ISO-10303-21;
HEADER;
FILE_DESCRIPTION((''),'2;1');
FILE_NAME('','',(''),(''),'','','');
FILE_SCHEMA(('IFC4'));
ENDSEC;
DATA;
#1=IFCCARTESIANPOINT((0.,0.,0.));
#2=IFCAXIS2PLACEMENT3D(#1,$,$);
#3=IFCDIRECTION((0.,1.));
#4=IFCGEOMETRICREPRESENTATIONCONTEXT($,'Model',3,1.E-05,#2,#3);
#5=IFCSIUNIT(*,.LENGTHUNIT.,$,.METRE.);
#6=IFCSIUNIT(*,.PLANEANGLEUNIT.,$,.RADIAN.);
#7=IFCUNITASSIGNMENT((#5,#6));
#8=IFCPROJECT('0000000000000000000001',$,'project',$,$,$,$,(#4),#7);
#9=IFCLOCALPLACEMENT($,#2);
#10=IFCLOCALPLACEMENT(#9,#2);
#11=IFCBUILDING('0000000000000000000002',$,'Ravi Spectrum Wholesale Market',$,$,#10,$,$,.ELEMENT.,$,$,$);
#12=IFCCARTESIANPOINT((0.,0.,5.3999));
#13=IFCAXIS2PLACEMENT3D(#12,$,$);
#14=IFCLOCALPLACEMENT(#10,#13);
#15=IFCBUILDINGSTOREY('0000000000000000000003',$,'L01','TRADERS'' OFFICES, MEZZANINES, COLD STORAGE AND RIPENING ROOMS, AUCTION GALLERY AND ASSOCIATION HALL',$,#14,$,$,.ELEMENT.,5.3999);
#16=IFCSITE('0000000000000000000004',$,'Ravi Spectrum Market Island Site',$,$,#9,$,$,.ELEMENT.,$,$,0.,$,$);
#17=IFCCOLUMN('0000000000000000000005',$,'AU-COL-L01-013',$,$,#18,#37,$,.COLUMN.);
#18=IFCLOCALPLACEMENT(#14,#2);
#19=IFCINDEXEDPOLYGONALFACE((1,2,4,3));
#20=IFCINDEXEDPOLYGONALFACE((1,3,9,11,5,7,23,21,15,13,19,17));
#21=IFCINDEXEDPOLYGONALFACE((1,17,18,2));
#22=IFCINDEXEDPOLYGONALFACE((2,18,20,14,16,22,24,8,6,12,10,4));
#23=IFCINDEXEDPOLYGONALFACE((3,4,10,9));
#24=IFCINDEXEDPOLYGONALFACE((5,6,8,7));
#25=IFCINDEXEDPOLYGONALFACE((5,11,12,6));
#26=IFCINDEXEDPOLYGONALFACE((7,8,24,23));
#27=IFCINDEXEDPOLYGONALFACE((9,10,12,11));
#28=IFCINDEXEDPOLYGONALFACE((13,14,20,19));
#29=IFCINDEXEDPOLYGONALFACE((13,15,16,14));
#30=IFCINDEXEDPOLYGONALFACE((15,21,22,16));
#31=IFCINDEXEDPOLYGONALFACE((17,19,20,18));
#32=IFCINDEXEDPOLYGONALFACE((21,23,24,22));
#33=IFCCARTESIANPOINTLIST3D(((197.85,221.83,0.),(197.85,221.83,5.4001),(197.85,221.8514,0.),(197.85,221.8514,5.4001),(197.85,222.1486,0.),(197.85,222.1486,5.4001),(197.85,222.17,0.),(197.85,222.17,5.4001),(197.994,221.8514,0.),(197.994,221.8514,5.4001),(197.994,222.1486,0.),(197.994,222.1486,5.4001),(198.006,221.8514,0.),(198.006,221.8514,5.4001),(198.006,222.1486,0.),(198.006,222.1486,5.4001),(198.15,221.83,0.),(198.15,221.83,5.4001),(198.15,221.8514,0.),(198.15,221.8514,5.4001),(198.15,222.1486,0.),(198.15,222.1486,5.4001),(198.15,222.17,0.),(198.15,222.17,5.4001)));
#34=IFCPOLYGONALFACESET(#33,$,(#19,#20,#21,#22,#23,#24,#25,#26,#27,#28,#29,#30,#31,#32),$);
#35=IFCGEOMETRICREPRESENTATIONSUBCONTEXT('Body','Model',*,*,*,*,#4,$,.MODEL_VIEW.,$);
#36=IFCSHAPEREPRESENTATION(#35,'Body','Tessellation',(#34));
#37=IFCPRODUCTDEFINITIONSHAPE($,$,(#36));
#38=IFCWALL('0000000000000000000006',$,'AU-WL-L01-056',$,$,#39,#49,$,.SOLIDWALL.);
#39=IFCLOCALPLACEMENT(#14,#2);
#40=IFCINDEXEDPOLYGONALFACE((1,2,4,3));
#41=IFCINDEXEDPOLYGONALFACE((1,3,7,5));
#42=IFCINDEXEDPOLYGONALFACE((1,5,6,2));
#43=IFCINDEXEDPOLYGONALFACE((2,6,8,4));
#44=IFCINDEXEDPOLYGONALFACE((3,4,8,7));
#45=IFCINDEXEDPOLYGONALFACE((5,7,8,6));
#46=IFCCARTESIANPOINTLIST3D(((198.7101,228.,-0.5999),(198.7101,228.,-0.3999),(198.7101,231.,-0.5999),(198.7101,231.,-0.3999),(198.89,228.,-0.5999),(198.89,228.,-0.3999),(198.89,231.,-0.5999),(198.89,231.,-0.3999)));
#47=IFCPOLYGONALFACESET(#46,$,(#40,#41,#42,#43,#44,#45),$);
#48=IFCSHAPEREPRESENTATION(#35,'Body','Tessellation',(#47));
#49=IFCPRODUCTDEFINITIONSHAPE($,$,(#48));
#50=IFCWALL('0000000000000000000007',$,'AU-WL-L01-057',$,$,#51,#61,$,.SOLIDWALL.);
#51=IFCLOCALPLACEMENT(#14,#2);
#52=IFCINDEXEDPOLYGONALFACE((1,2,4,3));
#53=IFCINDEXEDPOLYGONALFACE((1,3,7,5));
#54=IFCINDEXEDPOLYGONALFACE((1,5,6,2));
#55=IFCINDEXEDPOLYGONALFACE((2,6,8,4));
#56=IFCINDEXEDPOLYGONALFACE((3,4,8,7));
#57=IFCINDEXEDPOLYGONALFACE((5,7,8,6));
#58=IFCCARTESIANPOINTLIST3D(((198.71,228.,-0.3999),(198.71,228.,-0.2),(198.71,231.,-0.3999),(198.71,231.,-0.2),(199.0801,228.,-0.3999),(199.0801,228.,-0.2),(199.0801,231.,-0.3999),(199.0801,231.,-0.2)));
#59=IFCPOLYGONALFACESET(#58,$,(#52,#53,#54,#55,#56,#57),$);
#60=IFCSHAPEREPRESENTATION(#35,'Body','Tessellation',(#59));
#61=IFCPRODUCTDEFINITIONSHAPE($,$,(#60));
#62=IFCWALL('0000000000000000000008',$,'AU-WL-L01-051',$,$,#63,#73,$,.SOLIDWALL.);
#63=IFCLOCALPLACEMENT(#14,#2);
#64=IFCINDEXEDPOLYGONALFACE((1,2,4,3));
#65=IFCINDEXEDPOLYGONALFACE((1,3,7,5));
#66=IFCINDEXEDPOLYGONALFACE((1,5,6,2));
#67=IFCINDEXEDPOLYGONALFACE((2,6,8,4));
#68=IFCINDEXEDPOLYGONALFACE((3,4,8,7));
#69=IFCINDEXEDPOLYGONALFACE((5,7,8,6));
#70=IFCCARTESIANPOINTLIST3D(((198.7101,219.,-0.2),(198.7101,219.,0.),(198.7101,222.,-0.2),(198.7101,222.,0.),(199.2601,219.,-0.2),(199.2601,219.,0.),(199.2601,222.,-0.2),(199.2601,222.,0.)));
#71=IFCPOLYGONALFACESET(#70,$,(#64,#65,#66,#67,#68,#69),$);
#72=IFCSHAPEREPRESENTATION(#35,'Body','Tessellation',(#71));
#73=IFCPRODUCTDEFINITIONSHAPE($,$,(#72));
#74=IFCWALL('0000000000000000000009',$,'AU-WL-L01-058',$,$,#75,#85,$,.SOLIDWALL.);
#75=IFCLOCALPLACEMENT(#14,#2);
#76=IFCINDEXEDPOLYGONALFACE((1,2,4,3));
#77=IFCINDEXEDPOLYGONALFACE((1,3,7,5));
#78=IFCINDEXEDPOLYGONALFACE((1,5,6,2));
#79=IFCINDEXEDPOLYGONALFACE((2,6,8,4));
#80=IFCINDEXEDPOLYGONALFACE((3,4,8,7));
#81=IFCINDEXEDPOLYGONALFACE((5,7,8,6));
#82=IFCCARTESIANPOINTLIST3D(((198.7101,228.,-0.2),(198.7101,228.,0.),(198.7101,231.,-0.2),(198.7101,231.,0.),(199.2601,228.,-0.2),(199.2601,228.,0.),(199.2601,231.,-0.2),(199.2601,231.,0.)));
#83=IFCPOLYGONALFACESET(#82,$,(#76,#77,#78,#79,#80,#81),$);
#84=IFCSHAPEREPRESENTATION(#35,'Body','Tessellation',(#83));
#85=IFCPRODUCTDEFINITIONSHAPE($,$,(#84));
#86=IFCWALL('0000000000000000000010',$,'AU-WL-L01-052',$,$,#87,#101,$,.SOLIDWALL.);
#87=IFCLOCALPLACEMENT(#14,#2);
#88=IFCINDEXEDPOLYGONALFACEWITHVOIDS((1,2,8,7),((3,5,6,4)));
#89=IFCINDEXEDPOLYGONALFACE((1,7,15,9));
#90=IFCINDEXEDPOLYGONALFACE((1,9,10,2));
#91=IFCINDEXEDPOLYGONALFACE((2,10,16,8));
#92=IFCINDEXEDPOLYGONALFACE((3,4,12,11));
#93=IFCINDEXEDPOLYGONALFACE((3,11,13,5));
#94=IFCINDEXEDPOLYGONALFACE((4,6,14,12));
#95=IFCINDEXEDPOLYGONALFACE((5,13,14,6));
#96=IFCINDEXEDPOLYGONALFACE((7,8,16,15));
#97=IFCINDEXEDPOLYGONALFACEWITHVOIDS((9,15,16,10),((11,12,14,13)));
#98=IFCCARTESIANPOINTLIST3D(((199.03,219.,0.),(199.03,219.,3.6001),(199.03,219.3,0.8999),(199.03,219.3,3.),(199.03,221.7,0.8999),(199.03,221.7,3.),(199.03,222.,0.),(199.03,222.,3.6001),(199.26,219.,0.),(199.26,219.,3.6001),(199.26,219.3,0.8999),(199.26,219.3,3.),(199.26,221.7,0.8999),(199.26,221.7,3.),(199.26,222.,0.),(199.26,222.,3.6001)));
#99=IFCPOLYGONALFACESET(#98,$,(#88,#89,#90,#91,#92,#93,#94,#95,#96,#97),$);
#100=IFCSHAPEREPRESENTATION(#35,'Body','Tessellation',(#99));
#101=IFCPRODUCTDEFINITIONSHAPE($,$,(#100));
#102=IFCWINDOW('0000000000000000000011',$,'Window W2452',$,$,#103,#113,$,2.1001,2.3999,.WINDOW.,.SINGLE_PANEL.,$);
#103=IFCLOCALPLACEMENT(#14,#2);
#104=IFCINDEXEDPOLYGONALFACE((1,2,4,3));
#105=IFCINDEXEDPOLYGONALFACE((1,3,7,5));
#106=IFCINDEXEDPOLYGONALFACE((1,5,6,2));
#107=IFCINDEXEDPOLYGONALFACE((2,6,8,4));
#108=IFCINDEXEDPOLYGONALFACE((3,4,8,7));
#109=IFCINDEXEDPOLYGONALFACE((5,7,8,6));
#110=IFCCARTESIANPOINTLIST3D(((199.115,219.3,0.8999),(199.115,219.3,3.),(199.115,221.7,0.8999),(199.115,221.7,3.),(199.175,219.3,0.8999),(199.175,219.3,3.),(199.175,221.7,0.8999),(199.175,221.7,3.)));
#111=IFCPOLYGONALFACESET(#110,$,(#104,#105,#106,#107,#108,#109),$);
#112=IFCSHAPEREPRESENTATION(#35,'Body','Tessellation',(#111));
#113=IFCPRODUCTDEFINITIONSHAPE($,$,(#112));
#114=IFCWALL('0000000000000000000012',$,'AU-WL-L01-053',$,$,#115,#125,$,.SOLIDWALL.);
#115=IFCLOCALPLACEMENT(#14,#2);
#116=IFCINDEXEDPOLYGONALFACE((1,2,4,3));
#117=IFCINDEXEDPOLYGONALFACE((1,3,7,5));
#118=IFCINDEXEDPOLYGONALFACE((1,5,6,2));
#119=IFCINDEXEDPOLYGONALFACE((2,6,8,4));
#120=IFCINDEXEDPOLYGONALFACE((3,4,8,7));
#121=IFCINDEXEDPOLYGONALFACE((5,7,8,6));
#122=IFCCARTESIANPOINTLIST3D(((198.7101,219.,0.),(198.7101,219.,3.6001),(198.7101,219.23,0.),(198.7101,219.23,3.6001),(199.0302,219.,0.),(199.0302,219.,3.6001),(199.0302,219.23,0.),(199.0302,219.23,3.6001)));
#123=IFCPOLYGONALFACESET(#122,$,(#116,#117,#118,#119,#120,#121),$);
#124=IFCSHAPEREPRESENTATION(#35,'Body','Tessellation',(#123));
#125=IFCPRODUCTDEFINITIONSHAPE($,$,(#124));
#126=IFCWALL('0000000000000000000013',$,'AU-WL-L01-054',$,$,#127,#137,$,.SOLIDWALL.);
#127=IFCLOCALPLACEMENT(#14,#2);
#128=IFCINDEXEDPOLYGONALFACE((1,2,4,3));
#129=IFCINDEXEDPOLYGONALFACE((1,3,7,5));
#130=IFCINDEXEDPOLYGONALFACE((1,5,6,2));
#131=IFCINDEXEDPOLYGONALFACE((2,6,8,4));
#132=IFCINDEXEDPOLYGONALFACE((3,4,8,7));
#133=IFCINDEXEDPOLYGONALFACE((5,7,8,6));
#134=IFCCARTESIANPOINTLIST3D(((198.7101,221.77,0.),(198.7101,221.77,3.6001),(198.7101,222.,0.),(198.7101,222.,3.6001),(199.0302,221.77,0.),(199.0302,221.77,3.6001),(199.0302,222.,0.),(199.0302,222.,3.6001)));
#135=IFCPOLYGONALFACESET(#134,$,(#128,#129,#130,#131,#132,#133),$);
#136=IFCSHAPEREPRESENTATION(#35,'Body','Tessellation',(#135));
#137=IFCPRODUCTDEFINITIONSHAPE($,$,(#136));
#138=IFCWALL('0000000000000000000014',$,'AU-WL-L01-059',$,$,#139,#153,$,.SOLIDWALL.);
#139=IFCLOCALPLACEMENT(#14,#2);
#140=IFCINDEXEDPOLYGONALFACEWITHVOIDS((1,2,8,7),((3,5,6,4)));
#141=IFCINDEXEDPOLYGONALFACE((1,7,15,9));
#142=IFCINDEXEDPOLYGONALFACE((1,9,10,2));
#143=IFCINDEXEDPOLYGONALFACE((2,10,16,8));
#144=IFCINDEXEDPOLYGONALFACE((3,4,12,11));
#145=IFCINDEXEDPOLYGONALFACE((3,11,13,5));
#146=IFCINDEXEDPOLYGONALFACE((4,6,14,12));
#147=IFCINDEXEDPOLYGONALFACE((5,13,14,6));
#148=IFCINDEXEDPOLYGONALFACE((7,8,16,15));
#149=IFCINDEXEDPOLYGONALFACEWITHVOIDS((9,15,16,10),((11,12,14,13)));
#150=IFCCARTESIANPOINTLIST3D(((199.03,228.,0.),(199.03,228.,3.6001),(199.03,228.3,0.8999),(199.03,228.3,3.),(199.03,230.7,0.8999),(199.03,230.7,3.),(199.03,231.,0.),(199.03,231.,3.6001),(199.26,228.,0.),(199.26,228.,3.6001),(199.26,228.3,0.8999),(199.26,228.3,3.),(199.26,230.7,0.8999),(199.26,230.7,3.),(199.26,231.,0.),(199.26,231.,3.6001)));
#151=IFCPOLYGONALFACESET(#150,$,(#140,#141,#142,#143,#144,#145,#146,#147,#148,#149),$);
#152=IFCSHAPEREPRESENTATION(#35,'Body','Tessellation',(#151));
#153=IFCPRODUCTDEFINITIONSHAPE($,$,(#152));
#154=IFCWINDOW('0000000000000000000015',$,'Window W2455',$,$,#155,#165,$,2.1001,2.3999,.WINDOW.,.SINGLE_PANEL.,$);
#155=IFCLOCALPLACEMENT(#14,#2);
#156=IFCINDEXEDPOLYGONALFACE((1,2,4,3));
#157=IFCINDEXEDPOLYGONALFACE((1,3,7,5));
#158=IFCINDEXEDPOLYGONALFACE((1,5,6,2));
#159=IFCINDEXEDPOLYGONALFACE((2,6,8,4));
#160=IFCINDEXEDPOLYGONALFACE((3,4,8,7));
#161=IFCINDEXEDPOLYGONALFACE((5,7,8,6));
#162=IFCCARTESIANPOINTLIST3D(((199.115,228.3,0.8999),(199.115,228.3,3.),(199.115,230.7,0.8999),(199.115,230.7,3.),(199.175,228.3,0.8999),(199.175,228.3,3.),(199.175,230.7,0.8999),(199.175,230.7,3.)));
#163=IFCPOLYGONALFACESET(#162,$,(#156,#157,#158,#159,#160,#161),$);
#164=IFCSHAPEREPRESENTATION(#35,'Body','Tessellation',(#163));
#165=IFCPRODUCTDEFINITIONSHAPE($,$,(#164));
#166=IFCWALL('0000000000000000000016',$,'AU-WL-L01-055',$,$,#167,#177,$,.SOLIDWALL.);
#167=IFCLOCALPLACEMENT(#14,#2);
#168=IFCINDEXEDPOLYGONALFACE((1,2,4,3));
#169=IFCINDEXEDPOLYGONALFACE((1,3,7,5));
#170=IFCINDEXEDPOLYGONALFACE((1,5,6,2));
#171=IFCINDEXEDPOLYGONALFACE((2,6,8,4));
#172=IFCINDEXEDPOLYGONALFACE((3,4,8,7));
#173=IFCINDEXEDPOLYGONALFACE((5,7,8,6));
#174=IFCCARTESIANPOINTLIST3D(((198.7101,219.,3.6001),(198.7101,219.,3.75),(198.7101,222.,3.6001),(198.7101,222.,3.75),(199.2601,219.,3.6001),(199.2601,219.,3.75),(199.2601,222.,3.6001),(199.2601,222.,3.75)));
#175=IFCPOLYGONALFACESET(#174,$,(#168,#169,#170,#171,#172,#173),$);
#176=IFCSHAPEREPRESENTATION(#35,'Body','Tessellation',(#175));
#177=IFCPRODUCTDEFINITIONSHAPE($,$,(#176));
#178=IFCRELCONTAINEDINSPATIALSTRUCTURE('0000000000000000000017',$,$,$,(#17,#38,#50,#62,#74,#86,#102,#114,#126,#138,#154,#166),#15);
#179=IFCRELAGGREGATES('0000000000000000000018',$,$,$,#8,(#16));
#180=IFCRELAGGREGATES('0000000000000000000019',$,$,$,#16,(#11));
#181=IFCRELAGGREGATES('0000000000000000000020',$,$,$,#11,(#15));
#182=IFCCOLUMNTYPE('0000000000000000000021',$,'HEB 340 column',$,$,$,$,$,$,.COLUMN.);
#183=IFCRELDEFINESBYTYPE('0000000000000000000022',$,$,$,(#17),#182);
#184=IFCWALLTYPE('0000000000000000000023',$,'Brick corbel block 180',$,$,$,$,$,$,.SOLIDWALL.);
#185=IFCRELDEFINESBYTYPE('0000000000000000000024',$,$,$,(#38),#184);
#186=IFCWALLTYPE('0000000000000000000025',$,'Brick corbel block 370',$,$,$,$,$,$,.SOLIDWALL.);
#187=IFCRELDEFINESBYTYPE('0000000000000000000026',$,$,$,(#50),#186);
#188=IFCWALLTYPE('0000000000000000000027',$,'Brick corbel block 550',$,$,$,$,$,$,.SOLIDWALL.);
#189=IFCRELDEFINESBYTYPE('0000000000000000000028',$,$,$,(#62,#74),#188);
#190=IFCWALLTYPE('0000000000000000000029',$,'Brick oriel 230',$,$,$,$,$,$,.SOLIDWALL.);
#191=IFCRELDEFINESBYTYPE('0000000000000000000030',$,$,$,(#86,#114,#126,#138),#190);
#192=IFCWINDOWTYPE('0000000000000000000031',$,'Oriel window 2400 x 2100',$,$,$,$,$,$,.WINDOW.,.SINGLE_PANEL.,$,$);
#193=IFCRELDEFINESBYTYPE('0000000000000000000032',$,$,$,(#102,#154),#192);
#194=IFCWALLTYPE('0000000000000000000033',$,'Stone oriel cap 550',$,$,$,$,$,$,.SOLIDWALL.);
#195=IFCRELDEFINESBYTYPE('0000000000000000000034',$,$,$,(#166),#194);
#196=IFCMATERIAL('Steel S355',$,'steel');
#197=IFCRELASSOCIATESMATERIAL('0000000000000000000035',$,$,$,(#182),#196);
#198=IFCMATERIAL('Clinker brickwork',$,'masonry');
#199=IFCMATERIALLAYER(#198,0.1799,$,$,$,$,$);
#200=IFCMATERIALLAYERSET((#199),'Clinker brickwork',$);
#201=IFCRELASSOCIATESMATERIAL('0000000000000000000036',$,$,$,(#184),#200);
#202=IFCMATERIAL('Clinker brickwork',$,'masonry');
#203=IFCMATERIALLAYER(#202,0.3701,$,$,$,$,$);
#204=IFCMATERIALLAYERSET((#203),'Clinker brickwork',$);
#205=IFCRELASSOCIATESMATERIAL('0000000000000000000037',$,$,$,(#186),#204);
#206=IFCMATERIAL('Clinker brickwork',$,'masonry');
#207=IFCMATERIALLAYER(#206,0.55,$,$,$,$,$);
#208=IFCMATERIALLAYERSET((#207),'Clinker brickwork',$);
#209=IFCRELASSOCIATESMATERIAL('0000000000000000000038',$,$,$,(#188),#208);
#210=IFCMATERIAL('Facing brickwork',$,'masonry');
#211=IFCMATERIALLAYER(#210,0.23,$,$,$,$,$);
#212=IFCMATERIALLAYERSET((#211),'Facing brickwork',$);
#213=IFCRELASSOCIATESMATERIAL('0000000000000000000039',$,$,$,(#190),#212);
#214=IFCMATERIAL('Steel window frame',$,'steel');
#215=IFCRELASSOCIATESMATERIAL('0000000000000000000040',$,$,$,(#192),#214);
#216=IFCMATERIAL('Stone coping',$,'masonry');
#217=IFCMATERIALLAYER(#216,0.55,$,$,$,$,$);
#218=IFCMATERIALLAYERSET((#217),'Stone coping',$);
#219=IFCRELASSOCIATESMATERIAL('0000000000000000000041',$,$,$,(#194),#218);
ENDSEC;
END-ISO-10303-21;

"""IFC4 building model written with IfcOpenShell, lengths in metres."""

from ifc_helpers import new_model, si_unit, direction, frame, frame_2d, origin, origin_2d, place, context, subcontext, project, spatial, rectangle, i_section, extrude, material, layer, layer_set, material_profile, profile_set, type_object, element, fill, save


model = new_model("IFC4")

# Units and contexts
model_context = context("Model", 3, precision=1e-05, world=origin(), true_north=direction((0.0, 1.0)))
body_context = subcontext(model_context, "Body", "Model", "MODEL_VIEW")
ifc_project = project(units=[si_unit("LENGTHUNIT", "METRE"), si_unit("PLANEANGLEUNIT", "RADIAN")], contexts=[model_context])

# Site, building, storey
site_placement = place(None, origin())
site = spatial("IfcSite", under=ifc_project, at=site_placement, Name="Ravi Spectrum Market Island Site", CompositionType="ELEMENT", RefElevation=0.0)
building_placement = place(site_placement, origin())
building = spatial("IfcBuilding", under=site, at=building_placement, Name="Ravi Spectrum Wholesale Market", CompositionType="ELEMENT")
storey_placement = place(building_placement, frame((0.0, 0.0, 5.3999)))
storey = spatial("IfcBuildingStorey", under=building, at=storey_placement, Name="L01", Description="TRADERS' OFFICES, MEZZANINES, COLD STORAGE AND RIPENING ROOMS, AUCTION GALLERY AND ASSOCIATION HALL", CompositionType="ELEMENT", Elevation=5.3999)

# Column
ifc_material_1 = material(Name="Steel S355", Category="steel")
ifc_material_profile = material_profile(ifc_material_1, i_section(OverallWidth=0.3, OverallDepth=0.3401, WebThickness=0.012, FlangeThickness=0.0215, at=origin_2d()))
ifc_profile_set = profile_set([ifc_material_profile], Name="Steel S355")
column_type = type_object("IfcColumnType", Name="HEB 340 column", PredefinedType="COLUMN", material=ifc_profile_set)
column_placement = place(storey_placement, frame((198.0, 222.0, 0.0), z_axis=(0.0, 0.0, 1.0), x_axis=(1.0, 0.0, 0.0)))
element("IfcColumn", 1, at=column_placement, inside=storey, type_object=column_type, Name="AU-COL-L01-013", PredefinedType="COLUMN", context=body_context, shape_type="SweptSolid", body=[
    extrude(i_section(OverallWidth=0.3, OverallDepth=0.3401, WebThickness=0.012, FlangeThickness=0.0215, at=origin_2d()), origin(), (0.0, 0.0, 1.0), 5.4001),
])

# Walls
ifc_material_2 = material(Name="Clinker brickwork", Category="masonry")
ifc_layer_1 = layer(ifc_material_2, 0.1799)
ifc_layer_set_1 = layer_set([ifc_layer_1], Name="Clinker brickwork")
wall_type_1 = type_object("IfcWallType", Name="Brick corbel block 180", PredefinedType="SOLIDWALL", material=ifc_layer_set_1)
wall_1_placement = place(storey_placement, frame((198.8, 228.0, -0.5999), z_axis=(0.0, 0.0, 1.0), x_axis=(0.0, 1.0, 0.0)))
element("IfcWall", 2, at=wall_1_placement, inside=storey, type_object=wall_type_1, Name="AU-WL-L01-056", PredefinedType="SOLIDWALL", context=body_context, shape_type="SweptSolid", body=[
    extrude(rectangle(XDim=3.0, YDim=0.1799, at=frame_2d((1.5, 0.0))), origin(), (0.0, 0.0, 1.0), 0.2),
])
ifc_material_3 = material(Name="Clinker brickwork", Category="masonry")
ifc_layer_2 = layer(ifc_material_3, 0.3701)
ifc_layer_set_2 = layer_set([ifc_layer_2], Name="Clinker brickwork")
wall_type_2 = type_object("IfcWallType", Name="Brick corbel block 370", PredefinedType="SOLIDWALL", material=ifc_layer_set_2)
wall_2_placement = place(storey_placement, frame((198.895, 228.0, -0.3999), z_axis=(0.0, 0.0, 1.0), x_axis=(0.0, 1.0, 0.0)))
element("IfcWall", 3, at=wall_2_placement, inside=storey, type_object=wall_type_2, Name="AU-WL-L01-057", PredefinedType="SOLIDWALL", context=body_context, shape_type="SweptSolid", body=[
    extrude(rectangle(XDim=3.0, YDim=0.3701, at=frame_2d((1.5, 0.0))), origin(), (0.0, 0.0, 1.0), 0.2),
])
ifc_material_4 = material(Name="Clinker brickwork", Category="masonry")
ifc_layer_3 = layer(ifc_material_4, 0.55)
ifc_layer_set_3 = layer_set([ifc_layer_3], Name="Clinker brickwork")
wall_type_3 = type_object("IfcWallType", Name="Brick corbel block 550", PredefinedType="SOLIDWALL", material=ifc_layer_set_3)
for number, where, z_axis, x_axis, name in (
    (4, (198.9851, 219.0, -0.2), (0.0, 0.0, 1.0), (0.0, 1.0, 0.0), "AU-WL-L01-051"),
    (5, (198.9851, 228.0, -0.2), (0.0, 0.0, 1.0), (0.0, 1.0, 0.0), "AU-WL-L01-058"),
):
    element("IfcWall", number, at=place(storey_placement, frame(where, z_axis=z_axis, x_axis=x_axis)), inside=storey, type_object=wall_type_3, Name=name, PredefinedType="SOLIDWALL", context=body_context, shape_type="SweptSolid", body=[
        extrude(rectangle(XDim=3.0, YDim=0.55, at=frame_2d((1.5, 0.0))), origin(), (0.0, 0.0, 1.0), 0.2),
    ])

# Wall, opening, window
ifc_material_5 = material(Name="Facing brickwork", Category="masonry")
ifc_layer_4 = layer(ifc_material_5, 0.23)
ifc_layer_set_4 = layer_set([ifc_layer_4], Name="Facing brickwork")
wall_type_4 = type_object("IfcWallType", Name="Brick oriel 230", PredefinedType="SOLIDWALL", material=ifc_layer_set_4)
wall_3_placement = place(storey_placement, frame((199.145, 219.0, 0.0), z_axis=(0.0, 0.0, 1.0), x_axis=(0.0, 1.0, 0.0)))
wall_3 = element("IfcWall", 6, at=wall_3_placement, inside=storey, type_object=wall_type_4, Name="AU-WL-L01-052", PredefinedType="SOLIDWALL", context=body_context, shape_type="SweptSolid", body=[
    extrude(rectangle(XDim=3.0, YDim=0.23, at=frame_2d((1.5, 0.0))), origin(), (0.0, 0.0, 1.0), 3.6001),
])
opening_1_placement = place(wall_3_placement, frame((0.3, 0.0, 0.8999)))
opening_1 = element("IfcOpeningElement", 7, at=opening_1_placement, cuts=wall_3, PredefinedType="OPENING", context=body_context, shape_type="SweptSolid", body=[
    extrude(rectangle(XDim=2.3999, YDim=2.1001, at=frame_2d((1.2, 1.05))), frame((0.0, 0.125, 0.0), z_axis=(0.0, -1.0, 0.0), x_axis=(1.0, 0.0, 0.0)), (0.0, 0.0, 1.0), 0.25),
])
ifc_material_6 = material(Name="Steel window frame", Category="steel")
window_type = type_object("IfcWindowType", Name="Oriel window 2400 x 2100", PartitioningType="SINGLE_PANEL", PredefinedType="WINDOW", material=ifc_material_6)
window_1_placement = place(opening_1_placement, origin())
window_1 = element("IfcWindow", 8, at=window_1_placement, inside=storey, type_object=window_type, Name="Window W2452", OverallHeight=2.1001, OverallWidth=2.3999, PartitioningType="SINGLE_PANEL", PredefinedType="WINDOW", context=body_context, shape_type="SweptSolid", body=[
    extrude(rectangle(XDim=2.3999, YDim=2.1001, at=frame_2d((1.2, 1.05))), frame((0.0, 0.03, 0.0), z_axis=(0.0, -1.0, 0.0), x_axis=(1.0, 0.0, 0.0)), (0.0, 0.0, 1.0), 0.0601),
])
fill(opening_1, window_1)

# Walls
for number, where, z_axis, x_axis, name in (
    (9, (198.71, 219.115, 0.0), (0.0, 0.0, 1.0), (1.0, 0.0, 0.0), "AU-WL-L01-053"),
    (10, (198.71, 221.885, 0.0), (0.0, 0.0, 1.0), (1.0, 0.0, 0.0), "AU-WL-L01-054"),
):
    element("IfcWall", number, at=place(storey_placement, frame(where, z_axis=z_axis, x_axis=x_axis)), inside=storey, type_object=wall_type_4, Name=name, PredefinedType="SOLIDWALL", context=body_context, shape_type="SweptSolid", body=[
        extrude(rectangle(XDim=0.3201, YDim=0.23, at=frame_2d((0.1602, 0.0))), origin(), (0.0, 0.0, 1.0), 3.6001),
    ])

# Wall, opening, window
wall_4_placement = place(storey_placement, frame((199.145, 228.0, 0.0), z_axis=(0.0, 0.0, 1.0), x_axis=(0.0, 1.0, 0.0)))
wall_4 = element("IfcWall", 11, at=wall_4_placement, inside=storey, type_object=wall_type_4, Name="AU-WL-L01-059", PredefinedType="SOLIDWALL", context=body_context, shape_type="SweptSolid", body=[
    extrude(rectangle(XDim=3.0, YDim=0.23, at=frame_2d((1.5, 0.0))), origin(), (0.0, 0.0, 1.0), 3.6001),
])
opening_2_placement = place(wall_4_placement, frame((0.3, 0.0, 0.8999)))
opening_2 = element("IfcOpeningElement", 12, at=opening_2_placement, cuts=wall_4, PredefinedType="OPENING", context=body_context, shape_type="SweptSolid", body=[
    extrude(rectangle(XDim=2.3999, YDim=2.1001, at=frame_2d((1.2, 1.05))), frame((0.0, 0.125, 0.0), z_axis=(0.0, -1.0, 0.0), x_axis=(1.0, 0.0, 0.0)), (0.0, 0.0, 1.0), 0.25),
])
window_2_placement = place(opening_2_placement, origin())
window_2 = element("IfcWindow", 13, at=window_2_placement, inside=storey, type_object=window_type, Name="Window W2455", OverallHeight=2.1001, OverallWidth=2.3999, PartitioningType="SINGLE_PANEL", PredefinedType="WINDOW", context=body_context, shape_type="SweptSolid", body=[
    extrude(rectangle(XDim=2.3999, YDim=2.1001, at=frame_2d((1.2, 1.05))), frame((0.0, 0.03, 0.0), z_axis=(0.0, -1.0, 0.0), x_axis=(1.0, 0.0, 0.0)), (0.0, 0.0, 1.0), 0.0601),
])
fill(opening_2, window_2)

# Wall
ifc_material_7 = material(Name="Stone coping", Category="masonry")
ifc_layer_5 = layer(ifc_material_7, 0.55)
ifc_layer_set_5 = layer_set([ifc_layer_5], Name="Stone coping")
wall_type_5 = type_object("IfcWallType", Name="Stone oriel cap 550", PredefinedType="SOLIDWALL", material=ifc_layer_set_5)
for number, where, z_axis, x_axis, name in (
    (14, (198.9851, 219.0, 3.6001), (0.0, 0.0, 1.0), (0.0, 1.0, 0.0), "AU-WL-L01-055"),
):
    element("IfcWall", number, at=place(storey_placement, frame(where, z_axis=z_axis, x_axis=x_axis)), inside=storey, type_object=wall_type_5, Name=name, PredefinedType="SOLIDWALL", context=body_context, shape_type="SweptSolid", body=[
        extrude(rectangle(XDim=3.0, YDim=0.55, at=frame_2d((1.5, 0.0))), origin(), (0.0, 0.0, 1.0), 0.1499),
    ])

save(model, "model.ifc")
